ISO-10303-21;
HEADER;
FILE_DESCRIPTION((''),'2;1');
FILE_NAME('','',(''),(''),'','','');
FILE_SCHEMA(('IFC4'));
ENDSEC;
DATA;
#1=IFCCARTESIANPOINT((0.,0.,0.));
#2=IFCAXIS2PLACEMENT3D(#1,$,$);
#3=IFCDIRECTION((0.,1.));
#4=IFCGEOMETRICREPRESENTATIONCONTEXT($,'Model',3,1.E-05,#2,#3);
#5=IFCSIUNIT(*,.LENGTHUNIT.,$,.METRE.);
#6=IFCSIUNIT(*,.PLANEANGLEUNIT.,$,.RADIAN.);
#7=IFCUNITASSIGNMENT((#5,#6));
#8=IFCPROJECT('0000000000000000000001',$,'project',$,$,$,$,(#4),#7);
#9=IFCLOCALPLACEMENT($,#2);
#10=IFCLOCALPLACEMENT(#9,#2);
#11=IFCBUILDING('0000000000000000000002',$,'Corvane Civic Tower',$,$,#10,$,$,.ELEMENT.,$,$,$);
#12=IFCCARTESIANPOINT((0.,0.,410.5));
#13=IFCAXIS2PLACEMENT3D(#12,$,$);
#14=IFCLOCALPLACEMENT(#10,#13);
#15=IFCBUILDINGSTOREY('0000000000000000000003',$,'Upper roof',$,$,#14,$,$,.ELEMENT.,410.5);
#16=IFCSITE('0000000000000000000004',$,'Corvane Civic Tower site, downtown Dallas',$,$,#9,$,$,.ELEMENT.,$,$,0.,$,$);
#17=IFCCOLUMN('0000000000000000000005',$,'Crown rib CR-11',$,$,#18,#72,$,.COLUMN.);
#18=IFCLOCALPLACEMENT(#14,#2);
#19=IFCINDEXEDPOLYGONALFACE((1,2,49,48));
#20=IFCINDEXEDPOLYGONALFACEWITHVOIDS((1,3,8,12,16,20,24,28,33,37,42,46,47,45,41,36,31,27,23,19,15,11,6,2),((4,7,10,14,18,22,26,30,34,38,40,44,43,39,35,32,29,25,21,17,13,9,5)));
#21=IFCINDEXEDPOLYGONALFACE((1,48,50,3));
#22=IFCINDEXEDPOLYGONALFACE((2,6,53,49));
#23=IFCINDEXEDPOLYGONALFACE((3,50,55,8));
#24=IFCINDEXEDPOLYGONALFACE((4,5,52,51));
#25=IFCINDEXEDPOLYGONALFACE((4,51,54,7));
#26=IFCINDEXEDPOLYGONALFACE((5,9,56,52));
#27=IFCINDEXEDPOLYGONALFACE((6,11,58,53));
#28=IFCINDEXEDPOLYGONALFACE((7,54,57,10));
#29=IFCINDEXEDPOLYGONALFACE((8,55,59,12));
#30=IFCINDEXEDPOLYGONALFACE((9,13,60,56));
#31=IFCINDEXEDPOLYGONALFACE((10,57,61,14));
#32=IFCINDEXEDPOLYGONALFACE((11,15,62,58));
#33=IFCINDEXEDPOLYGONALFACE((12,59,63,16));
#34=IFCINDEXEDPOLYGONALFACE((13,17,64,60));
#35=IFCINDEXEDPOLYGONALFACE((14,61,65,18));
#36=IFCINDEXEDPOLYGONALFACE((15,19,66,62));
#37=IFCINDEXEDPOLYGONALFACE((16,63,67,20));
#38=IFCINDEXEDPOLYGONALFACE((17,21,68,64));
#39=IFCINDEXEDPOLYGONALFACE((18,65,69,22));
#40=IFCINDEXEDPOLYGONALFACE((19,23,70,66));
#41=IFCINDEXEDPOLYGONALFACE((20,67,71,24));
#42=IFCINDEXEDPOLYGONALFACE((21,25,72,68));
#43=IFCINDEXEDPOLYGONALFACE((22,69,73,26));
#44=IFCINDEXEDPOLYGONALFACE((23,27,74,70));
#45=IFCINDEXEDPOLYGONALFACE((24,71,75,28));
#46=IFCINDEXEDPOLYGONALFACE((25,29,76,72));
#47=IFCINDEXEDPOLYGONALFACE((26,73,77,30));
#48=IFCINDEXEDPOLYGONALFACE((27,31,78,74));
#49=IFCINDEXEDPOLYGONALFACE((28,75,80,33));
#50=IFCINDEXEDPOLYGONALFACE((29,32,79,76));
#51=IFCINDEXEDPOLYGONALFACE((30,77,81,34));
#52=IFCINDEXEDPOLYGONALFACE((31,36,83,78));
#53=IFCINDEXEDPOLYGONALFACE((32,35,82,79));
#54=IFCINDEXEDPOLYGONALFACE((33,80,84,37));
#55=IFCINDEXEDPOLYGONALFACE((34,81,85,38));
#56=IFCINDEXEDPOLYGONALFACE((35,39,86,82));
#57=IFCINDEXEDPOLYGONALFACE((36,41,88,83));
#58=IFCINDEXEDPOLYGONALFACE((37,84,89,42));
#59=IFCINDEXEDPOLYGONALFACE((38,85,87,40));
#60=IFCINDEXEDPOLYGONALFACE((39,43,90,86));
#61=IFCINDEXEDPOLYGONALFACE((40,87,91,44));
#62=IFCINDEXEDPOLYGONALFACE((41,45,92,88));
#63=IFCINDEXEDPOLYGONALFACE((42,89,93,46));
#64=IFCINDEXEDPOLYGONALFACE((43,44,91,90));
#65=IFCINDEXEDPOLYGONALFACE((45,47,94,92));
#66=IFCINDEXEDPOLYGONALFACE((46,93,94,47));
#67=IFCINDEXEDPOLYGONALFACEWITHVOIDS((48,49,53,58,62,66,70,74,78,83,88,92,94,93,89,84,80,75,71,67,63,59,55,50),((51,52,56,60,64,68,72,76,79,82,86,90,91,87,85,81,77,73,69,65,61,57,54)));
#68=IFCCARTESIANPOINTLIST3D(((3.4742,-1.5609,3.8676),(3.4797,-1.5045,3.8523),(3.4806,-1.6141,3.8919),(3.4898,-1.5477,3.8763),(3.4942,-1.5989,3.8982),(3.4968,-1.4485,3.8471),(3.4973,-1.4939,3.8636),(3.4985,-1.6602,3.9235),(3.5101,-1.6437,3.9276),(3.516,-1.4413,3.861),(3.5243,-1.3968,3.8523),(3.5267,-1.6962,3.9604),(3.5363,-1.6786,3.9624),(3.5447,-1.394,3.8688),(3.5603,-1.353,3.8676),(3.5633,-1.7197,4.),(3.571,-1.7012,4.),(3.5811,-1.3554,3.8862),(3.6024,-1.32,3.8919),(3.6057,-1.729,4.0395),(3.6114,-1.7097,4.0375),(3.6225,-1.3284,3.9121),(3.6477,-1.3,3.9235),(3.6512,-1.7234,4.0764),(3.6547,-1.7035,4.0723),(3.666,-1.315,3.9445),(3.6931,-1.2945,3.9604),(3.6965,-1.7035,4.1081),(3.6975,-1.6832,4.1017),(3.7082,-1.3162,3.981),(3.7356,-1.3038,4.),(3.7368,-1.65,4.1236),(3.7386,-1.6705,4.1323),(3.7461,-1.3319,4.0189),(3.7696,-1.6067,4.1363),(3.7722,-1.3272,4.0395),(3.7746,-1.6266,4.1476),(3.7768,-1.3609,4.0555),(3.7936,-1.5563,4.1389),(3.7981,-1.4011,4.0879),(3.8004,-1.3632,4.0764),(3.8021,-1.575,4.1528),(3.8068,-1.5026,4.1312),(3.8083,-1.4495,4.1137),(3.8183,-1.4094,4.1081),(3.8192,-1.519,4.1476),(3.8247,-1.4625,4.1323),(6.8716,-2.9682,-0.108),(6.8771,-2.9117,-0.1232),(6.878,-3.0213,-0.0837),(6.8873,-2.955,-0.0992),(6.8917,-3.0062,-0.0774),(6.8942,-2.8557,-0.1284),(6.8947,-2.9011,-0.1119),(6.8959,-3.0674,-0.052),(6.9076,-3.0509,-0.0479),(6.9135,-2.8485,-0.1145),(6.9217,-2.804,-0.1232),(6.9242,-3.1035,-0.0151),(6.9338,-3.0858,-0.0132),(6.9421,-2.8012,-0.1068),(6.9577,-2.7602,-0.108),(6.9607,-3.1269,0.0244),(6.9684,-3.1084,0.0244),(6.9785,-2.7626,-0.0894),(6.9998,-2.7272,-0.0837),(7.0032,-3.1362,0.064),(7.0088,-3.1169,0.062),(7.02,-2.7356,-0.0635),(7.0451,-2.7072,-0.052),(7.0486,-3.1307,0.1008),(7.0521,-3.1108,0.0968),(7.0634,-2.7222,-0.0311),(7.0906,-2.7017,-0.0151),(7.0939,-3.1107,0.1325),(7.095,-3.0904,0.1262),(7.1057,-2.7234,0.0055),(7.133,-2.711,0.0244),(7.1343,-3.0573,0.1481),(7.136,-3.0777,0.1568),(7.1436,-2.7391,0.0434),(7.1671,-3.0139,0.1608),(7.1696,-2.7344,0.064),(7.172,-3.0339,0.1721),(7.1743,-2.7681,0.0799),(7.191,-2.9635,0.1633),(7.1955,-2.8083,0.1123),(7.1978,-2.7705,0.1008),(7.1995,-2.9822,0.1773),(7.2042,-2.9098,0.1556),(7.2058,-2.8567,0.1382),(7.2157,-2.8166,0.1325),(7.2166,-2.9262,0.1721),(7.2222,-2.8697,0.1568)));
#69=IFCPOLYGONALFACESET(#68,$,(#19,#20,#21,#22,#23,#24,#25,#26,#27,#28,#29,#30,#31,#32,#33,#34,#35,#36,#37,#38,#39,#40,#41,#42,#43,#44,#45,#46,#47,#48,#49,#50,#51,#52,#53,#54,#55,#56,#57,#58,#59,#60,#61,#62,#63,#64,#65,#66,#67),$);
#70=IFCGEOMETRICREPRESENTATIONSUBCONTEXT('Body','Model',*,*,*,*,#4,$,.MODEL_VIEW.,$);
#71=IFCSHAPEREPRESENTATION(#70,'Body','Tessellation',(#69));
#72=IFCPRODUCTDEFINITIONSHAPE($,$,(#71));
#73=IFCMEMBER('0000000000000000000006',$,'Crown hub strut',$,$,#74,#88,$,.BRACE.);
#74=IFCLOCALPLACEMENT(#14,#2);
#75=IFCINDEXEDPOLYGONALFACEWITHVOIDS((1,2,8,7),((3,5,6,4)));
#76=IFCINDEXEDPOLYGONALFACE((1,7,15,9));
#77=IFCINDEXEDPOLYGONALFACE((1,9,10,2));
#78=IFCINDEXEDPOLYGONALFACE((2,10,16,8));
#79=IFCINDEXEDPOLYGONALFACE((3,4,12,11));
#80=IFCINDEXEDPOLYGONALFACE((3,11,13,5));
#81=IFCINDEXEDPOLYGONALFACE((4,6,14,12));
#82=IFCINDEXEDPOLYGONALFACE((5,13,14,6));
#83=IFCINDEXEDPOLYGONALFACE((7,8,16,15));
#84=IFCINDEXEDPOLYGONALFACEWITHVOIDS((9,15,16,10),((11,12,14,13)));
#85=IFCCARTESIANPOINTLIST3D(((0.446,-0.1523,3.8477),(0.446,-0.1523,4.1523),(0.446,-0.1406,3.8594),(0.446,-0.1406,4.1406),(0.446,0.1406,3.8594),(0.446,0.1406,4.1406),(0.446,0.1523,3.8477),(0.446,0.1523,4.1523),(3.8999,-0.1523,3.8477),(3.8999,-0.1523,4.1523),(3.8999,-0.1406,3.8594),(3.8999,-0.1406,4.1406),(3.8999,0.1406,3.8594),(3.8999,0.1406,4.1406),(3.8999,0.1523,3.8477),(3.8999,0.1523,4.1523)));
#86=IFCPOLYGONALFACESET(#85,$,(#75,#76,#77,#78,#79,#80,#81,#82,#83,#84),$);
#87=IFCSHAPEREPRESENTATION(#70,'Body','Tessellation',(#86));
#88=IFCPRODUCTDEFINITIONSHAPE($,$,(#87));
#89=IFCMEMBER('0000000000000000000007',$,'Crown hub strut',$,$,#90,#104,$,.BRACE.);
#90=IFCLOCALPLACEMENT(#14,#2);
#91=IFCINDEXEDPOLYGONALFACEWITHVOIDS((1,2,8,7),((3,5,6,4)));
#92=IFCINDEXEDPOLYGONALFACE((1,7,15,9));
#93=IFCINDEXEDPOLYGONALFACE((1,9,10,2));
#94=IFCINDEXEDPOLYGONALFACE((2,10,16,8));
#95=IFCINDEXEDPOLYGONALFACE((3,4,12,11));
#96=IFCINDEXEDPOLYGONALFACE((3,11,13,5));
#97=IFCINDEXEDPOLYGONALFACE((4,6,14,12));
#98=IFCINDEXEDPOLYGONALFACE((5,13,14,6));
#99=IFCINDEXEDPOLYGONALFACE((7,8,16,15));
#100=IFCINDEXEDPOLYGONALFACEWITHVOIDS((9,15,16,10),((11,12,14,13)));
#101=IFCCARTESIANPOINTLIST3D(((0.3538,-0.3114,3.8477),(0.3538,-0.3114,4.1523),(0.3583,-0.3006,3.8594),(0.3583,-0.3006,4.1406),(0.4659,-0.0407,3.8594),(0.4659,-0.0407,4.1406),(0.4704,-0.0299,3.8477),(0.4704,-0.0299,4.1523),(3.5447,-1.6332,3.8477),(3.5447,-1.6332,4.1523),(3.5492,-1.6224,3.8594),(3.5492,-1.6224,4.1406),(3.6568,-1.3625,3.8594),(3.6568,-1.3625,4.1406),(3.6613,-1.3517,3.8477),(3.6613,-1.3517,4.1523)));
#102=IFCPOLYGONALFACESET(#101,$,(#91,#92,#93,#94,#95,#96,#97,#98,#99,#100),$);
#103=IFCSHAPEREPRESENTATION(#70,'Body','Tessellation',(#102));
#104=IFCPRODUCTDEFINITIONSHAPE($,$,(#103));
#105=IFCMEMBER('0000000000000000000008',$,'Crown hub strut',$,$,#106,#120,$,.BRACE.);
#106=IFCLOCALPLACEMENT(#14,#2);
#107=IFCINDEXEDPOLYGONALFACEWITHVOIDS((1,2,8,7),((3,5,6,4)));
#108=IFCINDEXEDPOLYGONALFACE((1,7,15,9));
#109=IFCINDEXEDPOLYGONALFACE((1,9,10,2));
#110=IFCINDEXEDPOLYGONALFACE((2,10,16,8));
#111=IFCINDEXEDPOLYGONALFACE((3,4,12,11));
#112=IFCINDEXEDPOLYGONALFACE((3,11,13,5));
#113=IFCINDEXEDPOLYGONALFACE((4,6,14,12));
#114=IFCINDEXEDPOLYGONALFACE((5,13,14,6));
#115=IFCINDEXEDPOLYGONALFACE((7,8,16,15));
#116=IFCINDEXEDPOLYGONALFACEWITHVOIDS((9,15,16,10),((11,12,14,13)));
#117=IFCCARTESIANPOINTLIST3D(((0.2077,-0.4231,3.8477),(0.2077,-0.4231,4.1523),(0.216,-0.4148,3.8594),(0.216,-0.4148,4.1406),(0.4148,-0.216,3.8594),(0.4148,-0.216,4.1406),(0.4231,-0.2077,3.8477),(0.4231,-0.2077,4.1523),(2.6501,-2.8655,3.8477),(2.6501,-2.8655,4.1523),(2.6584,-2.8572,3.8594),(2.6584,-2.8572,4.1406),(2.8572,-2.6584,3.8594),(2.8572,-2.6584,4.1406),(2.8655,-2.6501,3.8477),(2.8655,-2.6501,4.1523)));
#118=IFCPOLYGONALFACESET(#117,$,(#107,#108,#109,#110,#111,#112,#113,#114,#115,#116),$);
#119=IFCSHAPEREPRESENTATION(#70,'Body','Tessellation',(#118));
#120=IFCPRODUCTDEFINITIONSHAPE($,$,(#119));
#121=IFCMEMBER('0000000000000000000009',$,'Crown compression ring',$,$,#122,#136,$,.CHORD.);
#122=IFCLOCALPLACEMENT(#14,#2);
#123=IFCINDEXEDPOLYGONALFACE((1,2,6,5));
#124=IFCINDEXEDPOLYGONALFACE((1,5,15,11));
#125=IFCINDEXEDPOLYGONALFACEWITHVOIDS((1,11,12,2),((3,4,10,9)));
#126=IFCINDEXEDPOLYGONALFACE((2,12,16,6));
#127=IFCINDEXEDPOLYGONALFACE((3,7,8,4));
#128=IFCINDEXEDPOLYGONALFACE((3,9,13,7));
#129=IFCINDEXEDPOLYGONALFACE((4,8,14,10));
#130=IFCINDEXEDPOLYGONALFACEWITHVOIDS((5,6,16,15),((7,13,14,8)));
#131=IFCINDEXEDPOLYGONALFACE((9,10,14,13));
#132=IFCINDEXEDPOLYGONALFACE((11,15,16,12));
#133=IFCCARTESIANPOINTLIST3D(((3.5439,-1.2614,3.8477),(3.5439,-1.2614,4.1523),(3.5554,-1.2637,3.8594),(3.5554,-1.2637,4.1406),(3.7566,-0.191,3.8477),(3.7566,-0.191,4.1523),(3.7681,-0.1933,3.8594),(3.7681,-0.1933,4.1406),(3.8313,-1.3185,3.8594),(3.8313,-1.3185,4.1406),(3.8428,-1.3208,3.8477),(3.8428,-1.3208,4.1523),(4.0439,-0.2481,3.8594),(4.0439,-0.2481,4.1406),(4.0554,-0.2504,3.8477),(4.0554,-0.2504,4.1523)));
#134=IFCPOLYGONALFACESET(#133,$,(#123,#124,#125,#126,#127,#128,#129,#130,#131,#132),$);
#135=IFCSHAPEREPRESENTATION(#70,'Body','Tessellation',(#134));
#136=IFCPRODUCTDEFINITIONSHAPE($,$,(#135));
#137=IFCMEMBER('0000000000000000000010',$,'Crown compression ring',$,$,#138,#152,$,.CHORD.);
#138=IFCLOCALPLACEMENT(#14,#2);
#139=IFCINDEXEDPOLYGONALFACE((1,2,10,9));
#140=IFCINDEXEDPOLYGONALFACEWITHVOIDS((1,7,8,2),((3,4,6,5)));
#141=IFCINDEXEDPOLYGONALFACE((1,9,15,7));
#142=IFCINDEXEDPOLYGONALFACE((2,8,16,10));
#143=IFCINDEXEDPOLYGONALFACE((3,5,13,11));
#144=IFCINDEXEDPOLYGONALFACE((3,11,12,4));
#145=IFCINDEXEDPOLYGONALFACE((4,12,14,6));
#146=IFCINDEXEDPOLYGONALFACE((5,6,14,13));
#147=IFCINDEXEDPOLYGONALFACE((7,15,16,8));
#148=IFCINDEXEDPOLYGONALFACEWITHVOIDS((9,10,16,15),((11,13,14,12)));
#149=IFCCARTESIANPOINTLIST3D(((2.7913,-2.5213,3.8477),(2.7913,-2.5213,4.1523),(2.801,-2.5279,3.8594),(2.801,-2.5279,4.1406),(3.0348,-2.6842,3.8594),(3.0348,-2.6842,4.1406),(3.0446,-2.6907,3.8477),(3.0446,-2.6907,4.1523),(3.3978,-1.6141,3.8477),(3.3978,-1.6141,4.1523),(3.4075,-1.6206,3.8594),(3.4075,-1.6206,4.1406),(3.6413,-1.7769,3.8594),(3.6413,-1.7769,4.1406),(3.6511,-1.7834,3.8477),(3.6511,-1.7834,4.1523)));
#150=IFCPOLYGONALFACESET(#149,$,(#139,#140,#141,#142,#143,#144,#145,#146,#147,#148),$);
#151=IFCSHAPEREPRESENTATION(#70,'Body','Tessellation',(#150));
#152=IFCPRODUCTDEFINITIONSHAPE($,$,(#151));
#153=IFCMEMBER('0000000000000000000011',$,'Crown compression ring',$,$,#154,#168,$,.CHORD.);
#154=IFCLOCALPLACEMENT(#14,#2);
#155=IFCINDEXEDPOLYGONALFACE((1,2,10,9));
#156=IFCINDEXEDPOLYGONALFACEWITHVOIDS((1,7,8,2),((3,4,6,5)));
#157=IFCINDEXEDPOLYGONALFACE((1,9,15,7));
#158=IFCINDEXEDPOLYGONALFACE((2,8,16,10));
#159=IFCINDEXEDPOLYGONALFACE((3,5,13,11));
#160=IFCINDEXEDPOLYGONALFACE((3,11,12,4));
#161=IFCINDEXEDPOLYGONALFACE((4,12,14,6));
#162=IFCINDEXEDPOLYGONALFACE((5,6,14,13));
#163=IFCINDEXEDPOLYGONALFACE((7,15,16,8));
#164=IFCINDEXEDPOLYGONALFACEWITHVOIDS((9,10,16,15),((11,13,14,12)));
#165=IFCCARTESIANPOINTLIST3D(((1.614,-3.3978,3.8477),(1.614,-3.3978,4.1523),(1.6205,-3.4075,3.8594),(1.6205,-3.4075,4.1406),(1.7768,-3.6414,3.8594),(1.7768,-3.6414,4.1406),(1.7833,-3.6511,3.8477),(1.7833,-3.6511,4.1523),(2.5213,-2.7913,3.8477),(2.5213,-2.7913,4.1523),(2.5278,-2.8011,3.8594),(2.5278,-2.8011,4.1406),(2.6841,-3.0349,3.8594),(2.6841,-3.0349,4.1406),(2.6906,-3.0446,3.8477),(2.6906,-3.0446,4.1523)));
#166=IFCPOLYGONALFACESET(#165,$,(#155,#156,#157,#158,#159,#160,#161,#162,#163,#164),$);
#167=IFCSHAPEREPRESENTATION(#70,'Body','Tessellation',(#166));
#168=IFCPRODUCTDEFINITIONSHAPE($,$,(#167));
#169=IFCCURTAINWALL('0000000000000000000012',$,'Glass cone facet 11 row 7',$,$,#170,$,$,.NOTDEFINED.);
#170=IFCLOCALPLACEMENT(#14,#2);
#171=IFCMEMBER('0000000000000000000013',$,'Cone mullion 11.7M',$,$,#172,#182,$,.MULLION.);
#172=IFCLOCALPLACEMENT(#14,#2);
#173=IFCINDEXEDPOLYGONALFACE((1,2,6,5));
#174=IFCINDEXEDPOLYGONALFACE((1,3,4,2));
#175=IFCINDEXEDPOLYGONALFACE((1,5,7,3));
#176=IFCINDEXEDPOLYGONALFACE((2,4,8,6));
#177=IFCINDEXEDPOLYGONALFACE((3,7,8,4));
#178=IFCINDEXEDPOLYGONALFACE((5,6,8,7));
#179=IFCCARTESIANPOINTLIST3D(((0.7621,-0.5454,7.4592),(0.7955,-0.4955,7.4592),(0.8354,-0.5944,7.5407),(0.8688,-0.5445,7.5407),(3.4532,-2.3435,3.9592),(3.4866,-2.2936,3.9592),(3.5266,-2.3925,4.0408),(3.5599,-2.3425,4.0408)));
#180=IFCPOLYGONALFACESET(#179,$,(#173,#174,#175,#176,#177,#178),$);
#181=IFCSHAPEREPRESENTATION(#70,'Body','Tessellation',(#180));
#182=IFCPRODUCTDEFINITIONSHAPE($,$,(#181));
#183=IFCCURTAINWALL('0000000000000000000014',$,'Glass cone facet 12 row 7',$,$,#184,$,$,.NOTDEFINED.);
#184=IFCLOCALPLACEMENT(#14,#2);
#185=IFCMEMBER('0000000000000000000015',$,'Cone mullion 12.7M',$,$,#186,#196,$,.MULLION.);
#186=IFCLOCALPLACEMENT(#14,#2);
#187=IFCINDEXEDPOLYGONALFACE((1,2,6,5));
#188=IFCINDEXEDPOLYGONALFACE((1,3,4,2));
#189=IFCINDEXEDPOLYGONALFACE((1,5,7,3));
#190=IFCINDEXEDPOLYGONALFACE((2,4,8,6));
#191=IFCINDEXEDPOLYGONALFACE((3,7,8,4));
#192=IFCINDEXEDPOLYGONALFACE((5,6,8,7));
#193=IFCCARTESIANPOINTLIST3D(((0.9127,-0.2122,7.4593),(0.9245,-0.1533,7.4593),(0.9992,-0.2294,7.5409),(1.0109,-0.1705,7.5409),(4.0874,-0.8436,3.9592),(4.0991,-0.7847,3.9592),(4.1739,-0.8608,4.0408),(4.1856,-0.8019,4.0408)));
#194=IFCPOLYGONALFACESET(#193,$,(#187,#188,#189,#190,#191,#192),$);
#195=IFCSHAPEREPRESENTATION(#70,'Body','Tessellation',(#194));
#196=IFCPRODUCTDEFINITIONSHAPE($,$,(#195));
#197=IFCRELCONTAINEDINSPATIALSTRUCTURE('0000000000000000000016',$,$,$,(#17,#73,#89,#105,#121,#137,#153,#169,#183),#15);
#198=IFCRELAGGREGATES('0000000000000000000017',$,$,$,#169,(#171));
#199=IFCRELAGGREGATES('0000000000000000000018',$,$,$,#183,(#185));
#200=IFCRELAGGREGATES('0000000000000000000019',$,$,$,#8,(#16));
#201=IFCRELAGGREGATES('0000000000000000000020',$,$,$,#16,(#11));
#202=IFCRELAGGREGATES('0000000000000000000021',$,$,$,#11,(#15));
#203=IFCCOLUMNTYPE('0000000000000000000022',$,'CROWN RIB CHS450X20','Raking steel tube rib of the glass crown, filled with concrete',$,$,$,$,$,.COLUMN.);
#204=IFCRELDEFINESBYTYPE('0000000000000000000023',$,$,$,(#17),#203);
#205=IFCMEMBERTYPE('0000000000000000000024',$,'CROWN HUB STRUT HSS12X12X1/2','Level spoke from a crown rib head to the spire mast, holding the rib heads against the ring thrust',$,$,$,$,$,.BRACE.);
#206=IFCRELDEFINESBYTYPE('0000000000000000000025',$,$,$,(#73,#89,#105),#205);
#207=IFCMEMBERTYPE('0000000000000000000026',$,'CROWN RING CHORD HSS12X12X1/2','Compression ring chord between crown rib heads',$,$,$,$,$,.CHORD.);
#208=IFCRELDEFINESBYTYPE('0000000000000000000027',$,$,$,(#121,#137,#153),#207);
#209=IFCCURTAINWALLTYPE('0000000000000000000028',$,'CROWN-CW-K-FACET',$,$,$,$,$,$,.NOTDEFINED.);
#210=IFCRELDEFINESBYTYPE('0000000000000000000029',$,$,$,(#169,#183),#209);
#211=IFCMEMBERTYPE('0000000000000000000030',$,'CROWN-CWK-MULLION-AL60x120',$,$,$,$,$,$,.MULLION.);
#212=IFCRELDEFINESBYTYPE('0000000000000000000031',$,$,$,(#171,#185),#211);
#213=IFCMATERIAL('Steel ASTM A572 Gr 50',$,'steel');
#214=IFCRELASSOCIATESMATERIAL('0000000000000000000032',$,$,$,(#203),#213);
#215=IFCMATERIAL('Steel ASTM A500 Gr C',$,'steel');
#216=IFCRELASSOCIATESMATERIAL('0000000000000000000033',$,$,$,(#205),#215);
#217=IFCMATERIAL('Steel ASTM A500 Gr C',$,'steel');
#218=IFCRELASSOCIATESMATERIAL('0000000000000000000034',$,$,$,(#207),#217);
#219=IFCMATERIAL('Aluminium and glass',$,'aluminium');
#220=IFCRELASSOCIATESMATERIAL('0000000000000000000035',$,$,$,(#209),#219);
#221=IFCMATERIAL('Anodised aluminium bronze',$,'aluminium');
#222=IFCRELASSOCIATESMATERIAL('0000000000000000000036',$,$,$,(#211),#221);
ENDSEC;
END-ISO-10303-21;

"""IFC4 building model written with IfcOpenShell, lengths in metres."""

from ifc_helpers import new_model, si_unit, direction, frame, origin, origin_2d, place, context, subcontext, project, spatial, rectangle, hollow_rectangle, hollow_circle, extrude, material, material_profile, profile_set, type_object, element, aggregate, save


model = new_model("IFC4")

# Units and contexts
model_context = context("Model", 3, precision=1e-05, world=origin(), true_north=direction((0.0, 1.0)))
body_context = subcontext(model_context, "Body", "Model", "MODEL_VIEW")
ifc_project = project(units=[si_unit("LENGTHUNIT", "METRE"), si_unit("PLANEANGLEUNIT", "RADIAN")], contexts=[model_context])

# Site, building, storey
site_placement = place(None, origin())
site = spatial("IfcSite", under=ifc_project, at=site_placement, Name="Corvane Civic Tower site, downtown Dallas", CompositionType="ELEMENT", RefElevation=0.0)
building_placement = place(site_placement, origin())
building = spatial("IfcBuilding", under=site, at=building_placement, Name="Corvane Civic Tower", CompositionType="ELEMENT")
storey_placement = place(building_placement, frame((0.0, 0.0, 410.5)))
storey = spatial("IfcBuildingStorey", under=building, at=storey_placement, Name="Upper roof", CompositionType="ELEMENT", Elevation=410.5)

# Column
ifc_material_1 = material(Name="Steel ASTM A572 Gr 50", Category="steel")
ifc_material_profile_1 = material_profile(ifc_material_1, hollow_circle(Radius=0.2251, WallThickness=0.02, at=origin_2d()), Name="CHS450X20")
ifc_profile_set_1 = profile_set([ifc_material_profile_1], Name="Steel ASTM A572 Gr 50")
column_type = type_object("IfcColumnType", Name="CROWN RIB CHS450X20", Description="Raking steel tube rib of the glass crown, filled with concrete", PredefinedType="COLUMN", material=ifc_profile_set_1)
column_placement = place(storey_placement, frame((7.0469, -2.9189, 0.0244), z_axis=(-0.627352, 0.259849, 0.734104), x_axis=(-0.382672, -0.923884, 0.0)))
element("IfcColumn", 1, at=column_placement, inside=storey, type_object=column_type, Name="Crown rib CR-11", PredefinedType="COLUMN", context=body_context, shape_type="SweptSolid", body=[
    extrude(hollow_circle(Radius=0.2251, WallThickness=0.02, at=origin_2d()), origin(), (0.0, 0.0, 1.0), 5.4155),
])

# Members
ifc_material_2 = material(Name="Steel ASTM A500 Gr C", Category="steel")
ifc_material_profile_2 = material_profile(ifc_material_2, hollow_rectangle(XDim=0.3047, YDim=0.3047, WallThickness=0.0117, at=origin_2d()), Name="HSS12X12X1/2")
ifc_profile_set_2 = profile_set([ifc_material_profile_2], Name="Steel ASTM A500 Gr C")
member_type_1 = type_object("IfcMemberType", Name="CROWN HUB STRUT HSS12X12X1/2", Description="Level spoke from a crown rib head to the spire mast, holding the rib heads against the ring thrust", PredefinedType="BRACE", material=ifc_profile_set_2)
for number, where, z_axis, x_axis, name in (
    (2, (3.8999, 0.0, 4.0), (-1.0, 0.0, 0.0), (0.0, -1.0, 0.0), "Crown hub strut"),
    (3, (3.603, -1.4924, 4.0), (-0.923874, 0.382697, 0.0), (-0.382697, -0.923874, 0.0), "Crown hub strut"),
):
    element("IfcMember", number, at=place(storey_placement, frame(where, z_axis=z_axis, x_axis=x_axis)), inside=storey, type_object=member_type_1, Name=name, PredefinedType="BRACE", context=body_context, shape_type="SweptSolid", body=[
        extrude(hollow_rectangle(XDim=0.3047, YDim=0.3047, WallThickness=0.0117, at=origin_2d()), origin(), (0.0, 0.0, 1.0), 3.4539),
    ])
member_1_placement = place(storey_placement, frame((2.7578, -2.7578, 4.0), z_axis=(-0.707107, 0.707107, 0.0), x_axis=(-0.707107, -0.707107, 0.0)))
element("IfcMember", 4, at=member_1_placement, inside=storey, type_object=member_type_1, Name="Crown hub strut", PredefinedType="BRACE", context=body_context, shape_type="SweptSolid", body=[
    extrude(hollow_rectangle(XDim=0.3047, YDim=0.3047, WallThickness=0.0117, at=origin_2d()), origin(), (0.0, 0.0, 1.0), 3.4541),
])
ifc_material_3 = material(Name="Steel ASTM A500 Gr C", Category="steel")
ifc_material_profile_3 = material_profile(ifc_material_3, hollow_rectangle(XDim=0.3047, YDim=0.3047, WallThickness=0.0117, at=origin_2d()), Name="HSS12X12X1/2")
ifc_profile_set_3 = profile_set([ifc_material_profile_3], Name="Steel ASTM A500 Gr C")
member_type_2 = type_object("IfcMemberType", Name="CROWN RING CHORD HSS12X12X1/2", Description="Compression ring chord between crown rib heads", PredefinedType="CHORD", material=ifc_profile_set_3)
for number, where, z_axis, x_axis, name in (
    (5, (3.906, -0.2207, 4.0), (-0.194868, -0.980829, 0.0), (0.980829, -0.194868, 0.0), "Crown compression ring"),
    (6, (3.5244, -1.6987, 4.0), (-0.555732, -0.831361, 0.0), (0.831361, -0.555732, 0.0), "Crown compression ring"),
    (7, (2.606, -2.918, 4.0), (-0.831361, -0.555732, 0.0), (0.555732, -0.831361, 0.0), "Crown compression ring"),
):
    element("IfcMember", number, at=place(storey_placement, frame(where, z_axis=z_axis, x_axis=x_axis)), inside=storey, type_object=member_type_2, Name=name, PredefinedType="CHORD", context=body_context, shape_type="SweptSolid", body=[
        extrude(hollow_rectangle(XDim=0.3047, YDim=0.3047, WallThickness=0.0117, at=origin_2d()), origin(), (0.0, 0.0, 1.0), 1.0913),
    ])

# Curtain walls, members
ifc_material_4 = material(Name="Aluminium and glass", Category="aluminium")
curtain_wall_type = type_object("IfcCurtainWallType", Name="CROWN-CW-K-FACET", PredefinedType="NOTDEFINED", material=ifc_material_4)
curtain_wall_1_placement = place(storey_placement, origin())
curtain_wall_1 = element("IfcCurtainWall", 8, at=curtain_wall_1_placement, inside=storey, type_object=curtain_wall_type, Name="Glass cone facet 11 row 7", PredefinedType="NOTDEFINED")
ifc_material_5 = material(Name="Anodised aluminium bronze", Category="aluminium")
ifc_material_profile_4 = material_profile(ifc_material_5, rectangle(XDim=0.0601, YDim=0.1201, at=origin_2d()), Name="AL 60x120")
ifc_profile_set_4 = profile_set([ifc_material_profile_4], Name="Anodised aluminium bronze")
member_type_3 = type_object("IfcMemberType", Name="CROWN-CWK-MULLION-AL60x120", PredefinedType="MULLION", material=ifc_profile_set_4)
member_2_placement = place(storey_placement, frame((3.5066, -2.343, 4.0), z_axis=(-0.564525, 0.377186, 0.734195), x_axis=(-0.555553, -0.831481, 0.0)))
member_2 = element("IfcMember", 9, at=member_2_placement, type_object=member_type_3, Name="Cone mullion 11.7M", PredefinedType="MULLION", context=body_context, shape_type="SweptSolid", body=[
    extrude(rectangle(XDim=0.0601, YDim=0.1201, at=origin_2d()), origin(), (0.0, 0.0, 1.0), 4.7671),
])
curtain_wall_2_placement = place(storey_placement, origin())
curtain_wall_2 = element("IfcCurtainWall", 10, at=curtain_wall_2_placement, inside=storey, type_object=curtain_wall_type, Name="Glass cone facet 12 row 7", PredefinedType="NOTDEFINED")
member_3_placement = place(storey_placement, frame((4.1365, -0.8228, 4.0), z_axis=(-0.665914, 0.132435, 0.73418), x_axis=(-0.195057, -0.980792, 0.0)))
member_3 = element("IfcMember", 11, at=member_3_placement, type_object=member_type_3, Name="Cone mullion 12.7M", PredefinedType="MULLION", context=body_context, shape_type="SweptSolid", body=[
    extrude(rectangle(XDim=0.0601, YDim=0.1201, at=origin_2d()), origin(), (0.0, 0.0, 1.0), 4.7673),
])

aggregate(curtain_wall_1, [member_2])
aggregate(curtain_wall_2, [member_3])

save(model, "model.ifc")
